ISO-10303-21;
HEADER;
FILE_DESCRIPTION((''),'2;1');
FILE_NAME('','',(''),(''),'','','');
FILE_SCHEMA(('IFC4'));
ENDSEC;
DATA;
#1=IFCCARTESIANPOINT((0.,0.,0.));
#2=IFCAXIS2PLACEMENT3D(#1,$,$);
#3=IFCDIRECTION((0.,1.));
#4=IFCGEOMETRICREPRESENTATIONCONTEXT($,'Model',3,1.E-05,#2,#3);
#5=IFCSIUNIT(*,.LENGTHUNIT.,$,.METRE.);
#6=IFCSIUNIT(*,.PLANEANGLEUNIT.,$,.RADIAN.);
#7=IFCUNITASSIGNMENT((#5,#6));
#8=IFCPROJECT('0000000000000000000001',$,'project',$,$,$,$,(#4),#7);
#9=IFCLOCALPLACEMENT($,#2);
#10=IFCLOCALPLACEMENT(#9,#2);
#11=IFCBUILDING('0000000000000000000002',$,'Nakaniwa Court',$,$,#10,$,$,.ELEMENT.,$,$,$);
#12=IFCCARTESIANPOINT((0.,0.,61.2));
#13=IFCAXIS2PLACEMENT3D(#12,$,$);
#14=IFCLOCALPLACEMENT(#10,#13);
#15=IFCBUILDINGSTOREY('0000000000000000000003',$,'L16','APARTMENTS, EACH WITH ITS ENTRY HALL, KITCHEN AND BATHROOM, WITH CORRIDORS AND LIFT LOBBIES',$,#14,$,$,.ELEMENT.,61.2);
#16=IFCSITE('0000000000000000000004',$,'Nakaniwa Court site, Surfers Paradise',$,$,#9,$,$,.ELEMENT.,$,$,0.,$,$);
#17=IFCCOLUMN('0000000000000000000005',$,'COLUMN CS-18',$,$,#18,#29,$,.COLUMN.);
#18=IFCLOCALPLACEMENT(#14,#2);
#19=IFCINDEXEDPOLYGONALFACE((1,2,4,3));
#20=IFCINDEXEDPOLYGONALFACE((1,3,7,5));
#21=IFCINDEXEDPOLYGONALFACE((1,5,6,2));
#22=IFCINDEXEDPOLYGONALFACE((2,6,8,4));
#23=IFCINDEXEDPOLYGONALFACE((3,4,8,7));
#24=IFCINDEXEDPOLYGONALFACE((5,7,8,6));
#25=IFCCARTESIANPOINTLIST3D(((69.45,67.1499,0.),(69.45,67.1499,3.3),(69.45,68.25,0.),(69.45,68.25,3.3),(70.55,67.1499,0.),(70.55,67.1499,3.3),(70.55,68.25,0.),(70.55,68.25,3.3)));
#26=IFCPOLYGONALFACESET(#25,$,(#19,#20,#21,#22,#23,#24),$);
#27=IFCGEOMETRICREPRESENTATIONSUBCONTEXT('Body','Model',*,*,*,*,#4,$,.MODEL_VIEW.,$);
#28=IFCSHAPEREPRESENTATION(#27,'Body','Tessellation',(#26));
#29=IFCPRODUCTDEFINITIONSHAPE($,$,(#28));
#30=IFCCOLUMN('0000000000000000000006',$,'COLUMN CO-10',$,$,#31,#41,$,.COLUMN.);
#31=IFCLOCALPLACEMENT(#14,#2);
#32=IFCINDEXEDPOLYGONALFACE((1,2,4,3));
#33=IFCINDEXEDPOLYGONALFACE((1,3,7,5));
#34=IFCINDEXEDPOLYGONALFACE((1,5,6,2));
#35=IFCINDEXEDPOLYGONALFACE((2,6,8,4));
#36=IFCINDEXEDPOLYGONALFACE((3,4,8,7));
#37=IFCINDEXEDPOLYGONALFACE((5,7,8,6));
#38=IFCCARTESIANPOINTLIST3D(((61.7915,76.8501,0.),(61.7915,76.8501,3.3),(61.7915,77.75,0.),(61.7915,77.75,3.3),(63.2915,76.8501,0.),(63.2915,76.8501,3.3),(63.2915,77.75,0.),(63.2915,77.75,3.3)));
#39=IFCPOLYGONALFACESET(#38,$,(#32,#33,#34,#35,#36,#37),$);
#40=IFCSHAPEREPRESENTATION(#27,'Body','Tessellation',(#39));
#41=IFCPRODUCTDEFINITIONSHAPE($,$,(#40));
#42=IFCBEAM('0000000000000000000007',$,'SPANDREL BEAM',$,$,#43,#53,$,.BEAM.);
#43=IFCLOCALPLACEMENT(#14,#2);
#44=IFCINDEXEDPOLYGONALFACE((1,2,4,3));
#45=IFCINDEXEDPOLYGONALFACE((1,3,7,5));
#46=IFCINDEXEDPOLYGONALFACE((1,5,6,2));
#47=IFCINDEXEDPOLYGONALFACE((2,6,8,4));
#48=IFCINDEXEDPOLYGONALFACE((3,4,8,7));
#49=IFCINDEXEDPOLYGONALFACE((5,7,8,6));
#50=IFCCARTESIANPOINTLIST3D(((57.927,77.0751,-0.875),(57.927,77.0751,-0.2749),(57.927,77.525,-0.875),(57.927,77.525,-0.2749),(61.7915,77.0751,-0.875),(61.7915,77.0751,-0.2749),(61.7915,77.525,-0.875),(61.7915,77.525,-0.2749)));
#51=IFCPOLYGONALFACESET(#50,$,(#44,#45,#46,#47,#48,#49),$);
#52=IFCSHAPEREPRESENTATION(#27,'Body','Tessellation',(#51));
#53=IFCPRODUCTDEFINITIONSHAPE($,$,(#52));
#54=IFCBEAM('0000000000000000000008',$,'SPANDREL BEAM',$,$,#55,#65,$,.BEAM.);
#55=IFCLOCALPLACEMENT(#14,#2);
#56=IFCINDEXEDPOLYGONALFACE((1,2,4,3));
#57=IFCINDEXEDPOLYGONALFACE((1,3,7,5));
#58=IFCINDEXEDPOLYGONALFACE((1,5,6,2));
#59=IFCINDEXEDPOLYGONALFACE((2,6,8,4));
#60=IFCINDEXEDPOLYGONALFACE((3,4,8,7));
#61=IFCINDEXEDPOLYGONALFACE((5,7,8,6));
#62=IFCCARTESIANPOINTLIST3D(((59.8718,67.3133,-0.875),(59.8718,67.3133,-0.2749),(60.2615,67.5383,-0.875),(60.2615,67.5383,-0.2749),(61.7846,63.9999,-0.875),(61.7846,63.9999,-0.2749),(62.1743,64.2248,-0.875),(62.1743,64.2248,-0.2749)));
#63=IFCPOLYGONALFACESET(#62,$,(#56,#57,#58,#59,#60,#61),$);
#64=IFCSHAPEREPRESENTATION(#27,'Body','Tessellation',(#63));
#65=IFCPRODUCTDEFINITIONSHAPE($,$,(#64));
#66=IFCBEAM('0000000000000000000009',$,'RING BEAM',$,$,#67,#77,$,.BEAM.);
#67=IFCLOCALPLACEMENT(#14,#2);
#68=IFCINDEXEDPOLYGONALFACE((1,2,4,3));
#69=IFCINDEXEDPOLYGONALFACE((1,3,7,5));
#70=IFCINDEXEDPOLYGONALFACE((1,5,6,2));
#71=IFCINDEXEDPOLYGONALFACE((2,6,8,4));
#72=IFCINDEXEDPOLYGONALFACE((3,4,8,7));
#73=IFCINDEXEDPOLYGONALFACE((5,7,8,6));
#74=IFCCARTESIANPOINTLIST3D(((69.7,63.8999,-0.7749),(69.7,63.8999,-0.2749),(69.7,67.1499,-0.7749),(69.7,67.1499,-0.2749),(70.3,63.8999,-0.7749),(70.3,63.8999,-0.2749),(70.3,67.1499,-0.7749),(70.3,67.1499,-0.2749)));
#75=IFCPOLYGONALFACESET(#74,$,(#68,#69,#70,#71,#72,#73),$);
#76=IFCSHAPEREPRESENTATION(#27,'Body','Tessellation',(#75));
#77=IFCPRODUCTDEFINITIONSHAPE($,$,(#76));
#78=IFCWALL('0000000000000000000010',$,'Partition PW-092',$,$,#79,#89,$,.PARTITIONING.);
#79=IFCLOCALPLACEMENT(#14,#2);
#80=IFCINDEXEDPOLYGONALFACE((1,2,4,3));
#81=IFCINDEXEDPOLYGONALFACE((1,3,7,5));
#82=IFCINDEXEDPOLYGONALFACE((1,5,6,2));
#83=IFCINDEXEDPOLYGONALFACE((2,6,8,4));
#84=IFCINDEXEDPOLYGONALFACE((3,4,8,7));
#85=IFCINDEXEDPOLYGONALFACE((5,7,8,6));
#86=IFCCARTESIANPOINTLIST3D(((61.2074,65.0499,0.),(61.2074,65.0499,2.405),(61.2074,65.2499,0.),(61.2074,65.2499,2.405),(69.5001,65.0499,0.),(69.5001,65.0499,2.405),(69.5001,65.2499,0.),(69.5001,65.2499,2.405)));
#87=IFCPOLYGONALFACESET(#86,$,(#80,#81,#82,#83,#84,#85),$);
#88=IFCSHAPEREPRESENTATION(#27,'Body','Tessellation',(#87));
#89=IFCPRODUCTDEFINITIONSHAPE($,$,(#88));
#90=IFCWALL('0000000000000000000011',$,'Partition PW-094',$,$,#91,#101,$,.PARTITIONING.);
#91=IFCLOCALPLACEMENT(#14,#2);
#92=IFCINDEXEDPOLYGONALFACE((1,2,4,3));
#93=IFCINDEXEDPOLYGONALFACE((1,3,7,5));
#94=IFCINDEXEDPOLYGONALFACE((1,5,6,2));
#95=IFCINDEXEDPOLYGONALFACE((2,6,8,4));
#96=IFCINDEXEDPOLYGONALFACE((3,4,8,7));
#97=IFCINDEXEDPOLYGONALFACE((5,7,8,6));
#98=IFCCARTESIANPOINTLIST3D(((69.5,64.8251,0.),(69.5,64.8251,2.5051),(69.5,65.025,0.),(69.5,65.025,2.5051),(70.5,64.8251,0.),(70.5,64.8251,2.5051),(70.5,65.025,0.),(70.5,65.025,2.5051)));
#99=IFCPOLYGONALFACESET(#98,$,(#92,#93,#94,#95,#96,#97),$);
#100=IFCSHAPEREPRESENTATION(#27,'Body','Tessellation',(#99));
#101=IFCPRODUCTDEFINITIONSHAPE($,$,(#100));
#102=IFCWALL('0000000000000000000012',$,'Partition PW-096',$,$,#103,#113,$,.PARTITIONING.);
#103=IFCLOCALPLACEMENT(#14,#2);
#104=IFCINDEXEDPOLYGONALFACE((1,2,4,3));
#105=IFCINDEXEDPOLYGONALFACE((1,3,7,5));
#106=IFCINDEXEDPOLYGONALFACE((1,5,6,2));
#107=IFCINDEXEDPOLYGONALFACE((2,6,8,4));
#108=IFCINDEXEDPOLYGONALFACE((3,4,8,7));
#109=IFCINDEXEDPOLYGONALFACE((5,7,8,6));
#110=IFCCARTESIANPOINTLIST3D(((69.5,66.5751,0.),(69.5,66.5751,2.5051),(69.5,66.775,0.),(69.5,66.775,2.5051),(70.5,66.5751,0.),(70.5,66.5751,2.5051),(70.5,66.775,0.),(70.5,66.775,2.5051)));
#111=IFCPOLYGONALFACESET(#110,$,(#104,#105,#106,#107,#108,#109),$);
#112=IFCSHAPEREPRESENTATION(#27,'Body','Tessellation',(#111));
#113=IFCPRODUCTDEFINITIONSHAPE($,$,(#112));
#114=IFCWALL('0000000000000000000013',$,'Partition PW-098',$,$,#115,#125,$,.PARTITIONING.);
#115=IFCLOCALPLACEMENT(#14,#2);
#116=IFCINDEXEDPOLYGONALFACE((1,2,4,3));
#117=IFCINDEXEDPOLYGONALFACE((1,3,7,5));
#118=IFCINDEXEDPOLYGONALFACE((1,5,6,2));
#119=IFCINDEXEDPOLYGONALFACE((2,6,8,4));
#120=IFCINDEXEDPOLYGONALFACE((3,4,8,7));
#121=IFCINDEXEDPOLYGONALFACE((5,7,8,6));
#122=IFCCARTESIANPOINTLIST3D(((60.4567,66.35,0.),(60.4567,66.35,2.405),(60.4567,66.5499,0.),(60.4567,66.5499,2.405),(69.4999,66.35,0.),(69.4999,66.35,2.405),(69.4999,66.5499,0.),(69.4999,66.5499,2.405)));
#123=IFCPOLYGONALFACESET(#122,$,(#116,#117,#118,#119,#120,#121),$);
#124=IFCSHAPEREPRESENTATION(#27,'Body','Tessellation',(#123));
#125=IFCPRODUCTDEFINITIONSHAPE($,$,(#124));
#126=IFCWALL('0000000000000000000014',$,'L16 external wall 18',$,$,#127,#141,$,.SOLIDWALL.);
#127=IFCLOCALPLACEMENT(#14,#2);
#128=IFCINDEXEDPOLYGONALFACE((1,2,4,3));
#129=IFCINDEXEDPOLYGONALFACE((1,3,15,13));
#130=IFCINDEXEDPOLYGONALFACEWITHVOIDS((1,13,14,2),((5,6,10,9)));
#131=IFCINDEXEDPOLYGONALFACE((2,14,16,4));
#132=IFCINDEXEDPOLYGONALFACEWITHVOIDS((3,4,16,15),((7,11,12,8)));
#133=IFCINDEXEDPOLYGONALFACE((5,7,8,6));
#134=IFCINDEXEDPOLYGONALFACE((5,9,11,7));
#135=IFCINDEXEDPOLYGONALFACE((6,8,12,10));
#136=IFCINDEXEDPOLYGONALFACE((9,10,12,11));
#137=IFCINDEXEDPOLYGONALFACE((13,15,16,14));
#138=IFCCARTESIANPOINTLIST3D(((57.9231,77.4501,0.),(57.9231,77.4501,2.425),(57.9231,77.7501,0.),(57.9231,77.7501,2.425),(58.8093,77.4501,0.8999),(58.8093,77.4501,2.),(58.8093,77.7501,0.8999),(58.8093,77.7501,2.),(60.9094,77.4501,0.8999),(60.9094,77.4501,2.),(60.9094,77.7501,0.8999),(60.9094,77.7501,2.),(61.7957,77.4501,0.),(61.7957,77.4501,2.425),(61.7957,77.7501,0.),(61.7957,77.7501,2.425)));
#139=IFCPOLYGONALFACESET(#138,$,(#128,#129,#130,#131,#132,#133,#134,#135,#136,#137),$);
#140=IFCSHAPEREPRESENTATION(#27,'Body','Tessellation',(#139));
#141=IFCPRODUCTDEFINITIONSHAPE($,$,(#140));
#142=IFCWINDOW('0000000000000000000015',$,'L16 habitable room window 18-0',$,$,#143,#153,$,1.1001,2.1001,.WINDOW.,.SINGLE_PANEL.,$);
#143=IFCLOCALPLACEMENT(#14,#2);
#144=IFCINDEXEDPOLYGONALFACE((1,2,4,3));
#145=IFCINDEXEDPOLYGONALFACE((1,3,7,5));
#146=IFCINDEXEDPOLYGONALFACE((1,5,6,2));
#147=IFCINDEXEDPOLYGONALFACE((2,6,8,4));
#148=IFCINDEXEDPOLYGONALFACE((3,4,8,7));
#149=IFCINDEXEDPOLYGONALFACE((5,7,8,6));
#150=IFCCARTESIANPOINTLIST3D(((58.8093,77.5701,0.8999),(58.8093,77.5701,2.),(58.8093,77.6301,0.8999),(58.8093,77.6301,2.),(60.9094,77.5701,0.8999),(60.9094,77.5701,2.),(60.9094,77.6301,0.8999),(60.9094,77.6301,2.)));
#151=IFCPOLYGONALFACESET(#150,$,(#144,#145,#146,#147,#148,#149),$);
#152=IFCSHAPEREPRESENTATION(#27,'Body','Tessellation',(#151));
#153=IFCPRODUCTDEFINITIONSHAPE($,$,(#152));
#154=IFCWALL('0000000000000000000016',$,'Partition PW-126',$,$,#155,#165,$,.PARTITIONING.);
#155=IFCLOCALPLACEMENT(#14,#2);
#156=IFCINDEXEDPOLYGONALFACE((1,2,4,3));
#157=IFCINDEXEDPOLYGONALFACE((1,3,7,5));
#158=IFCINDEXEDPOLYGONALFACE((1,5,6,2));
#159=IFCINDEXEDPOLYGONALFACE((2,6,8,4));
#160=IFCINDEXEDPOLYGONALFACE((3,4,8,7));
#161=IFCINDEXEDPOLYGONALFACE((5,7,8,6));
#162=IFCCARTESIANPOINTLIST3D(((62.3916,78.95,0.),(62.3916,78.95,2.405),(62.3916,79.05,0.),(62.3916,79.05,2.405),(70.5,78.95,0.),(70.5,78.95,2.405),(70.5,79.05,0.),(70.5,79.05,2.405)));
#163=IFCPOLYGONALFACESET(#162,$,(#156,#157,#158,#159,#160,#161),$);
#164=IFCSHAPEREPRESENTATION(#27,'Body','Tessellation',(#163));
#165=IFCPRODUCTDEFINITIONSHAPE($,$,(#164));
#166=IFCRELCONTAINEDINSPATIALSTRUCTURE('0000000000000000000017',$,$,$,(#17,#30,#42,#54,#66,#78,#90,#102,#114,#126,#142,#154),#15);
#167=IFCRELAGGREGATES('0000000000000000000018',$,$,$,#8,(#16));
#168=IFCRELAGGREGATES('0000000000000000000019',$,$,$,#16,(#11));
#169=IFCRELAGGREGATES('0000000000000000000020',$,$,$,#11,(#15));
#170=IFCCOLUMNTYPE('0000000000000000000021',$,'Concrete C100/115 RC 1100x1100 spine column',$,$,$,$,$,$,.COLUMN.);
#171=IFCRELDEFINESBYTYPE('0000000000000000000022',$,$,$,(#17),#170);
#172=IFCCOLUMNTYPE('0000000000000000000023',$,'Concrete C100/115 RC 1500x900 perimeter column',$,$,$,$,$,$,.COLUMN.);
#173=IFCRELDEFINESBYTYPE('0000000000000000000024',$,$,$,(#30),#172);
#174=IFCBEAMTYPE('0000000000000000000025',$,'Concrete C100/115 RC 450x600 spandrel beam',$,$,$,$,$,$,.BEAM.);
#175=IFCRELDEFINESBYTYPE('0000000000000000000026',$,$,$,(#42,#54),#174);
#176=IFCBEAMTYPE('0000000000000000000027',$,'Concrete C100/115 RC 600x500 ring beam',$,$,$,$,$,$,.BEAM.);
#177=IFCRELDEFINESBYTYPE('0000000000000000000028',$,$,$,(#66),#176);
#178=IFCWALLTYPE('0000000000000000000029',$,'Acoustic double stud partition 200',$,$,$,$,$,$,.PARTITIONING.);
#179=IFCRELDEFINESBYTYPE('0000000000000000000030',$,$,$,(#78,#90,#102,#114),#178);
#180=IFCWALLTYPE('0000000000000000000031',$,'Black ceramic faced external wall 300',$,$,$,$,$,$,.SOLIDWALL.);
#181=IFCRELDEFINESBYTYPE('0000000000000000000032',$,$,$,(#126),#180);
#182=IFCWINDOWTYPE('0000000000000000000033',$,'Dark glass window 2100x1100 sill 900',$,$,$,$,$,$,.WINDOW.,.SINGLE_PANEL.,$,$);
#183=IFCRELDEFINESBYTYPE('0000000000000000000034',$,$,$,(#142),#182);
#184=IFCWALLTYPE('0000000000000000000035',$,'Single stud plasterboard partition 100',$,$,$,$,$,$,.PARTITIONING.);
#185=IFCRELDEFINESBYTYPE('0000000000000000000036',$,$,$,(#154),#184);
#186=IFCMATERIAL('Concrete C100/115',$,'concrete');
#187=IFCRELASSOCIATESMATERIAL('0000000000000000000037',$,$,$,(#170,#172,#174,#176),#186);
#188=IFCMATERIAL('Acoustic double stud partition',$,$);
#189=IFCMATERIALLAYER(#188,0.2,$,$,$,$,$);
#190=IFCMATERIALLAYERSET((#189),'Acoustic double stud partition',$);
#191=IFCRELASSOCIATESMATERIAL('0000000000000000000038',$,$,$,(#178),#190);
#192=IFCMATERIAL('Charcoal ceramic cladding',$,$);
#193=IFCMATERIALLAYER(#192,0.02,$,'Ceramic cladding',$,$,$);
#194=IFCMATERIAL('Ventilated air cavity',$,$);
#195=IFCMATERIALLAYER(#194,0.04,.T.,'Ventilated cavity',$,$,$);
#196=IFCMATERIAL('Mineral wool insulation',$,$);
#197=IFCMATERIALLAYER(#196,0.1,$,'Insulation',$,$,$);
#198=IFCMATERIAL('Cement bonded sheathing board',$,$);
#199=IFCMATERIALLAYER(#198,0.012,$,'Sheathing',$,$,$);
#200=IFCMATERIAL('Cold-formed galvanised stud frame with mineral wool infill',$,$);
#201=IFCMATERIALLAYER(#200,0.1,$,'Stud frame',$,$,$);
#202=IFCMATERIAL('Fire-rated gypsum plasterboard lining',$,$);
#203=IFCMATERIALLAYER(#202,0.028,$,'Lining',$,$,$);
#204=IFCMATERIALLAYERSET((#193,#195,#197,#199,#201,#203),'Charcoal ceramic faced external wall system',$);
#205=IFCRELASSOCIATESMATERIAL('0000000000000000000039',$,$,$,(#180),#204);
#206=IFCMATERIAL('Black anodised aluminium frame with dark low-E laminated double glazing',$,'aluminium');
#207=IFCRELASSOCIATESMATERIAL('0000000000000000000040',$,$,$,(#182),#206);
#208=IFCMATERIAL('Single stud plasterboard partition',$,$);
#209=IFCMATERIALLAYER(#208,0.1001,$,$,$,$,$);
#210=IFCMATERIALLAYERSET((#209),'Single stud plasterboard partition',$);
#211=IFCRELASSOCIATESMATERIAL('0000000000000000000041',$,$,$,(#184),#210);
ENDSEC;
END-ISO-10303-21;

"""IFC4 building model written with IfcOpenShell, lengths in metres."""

from ifc_helpers import new_model, si_unit, direction, frame, frame_2d, origin, origin_2d, place, context, subcontext, project, spatial, rectangle, extrude, material, layer, layer_set, material_profile, profile_set, type_object, element, fill, save


model = new_model("IFC4")

# Units and contexts
model_context = context("Model", 3, precision=1e-05, world=origin(), true_north=direction((0.0, 1.0)))
body_context = subcontext(model_context, "Body", "Model", "MODEL_VIEW")
ifc_project = project(units=[si_unit("LENGTHUNIT", "METRE"), si_unit("PLANEANGLEUNIT", "RADIAN")], contexts=[model_context])

# Site, building, storey
site_placement = place(None, origin())
site = spatial("IfcSite", under=ifc_project, at=site_placement, Name="Nakaniwa Court site, Surfers Paradise", CompositionType="ELEMENT", RefElevation=0.0)
building_placement = place(site_placement, origin())
building = spatial("IfcBuilding", under=site, at=building_placement, Name="Nakaniwa Court", CompositionType="ELEMENT")
storey_placement = place(building_placement, frame((0.0, 0.0, 61.2)))
storey = spatial("IfcBuildingStorey", under=building, at=storey_placement, Name="L16", Description="APARTMENTS, EACH WITH ITS ENTRY HALL, KITCHEN AND BATHROOM, WITH CORRIDORS AND LIFT LOBBIES", CompositionType="ELEMENT", Elevation=61.2)

# Columns
ifc_material_1 = material(Name="Concrete C100/115", Category="concrete")
ifc_material_profile_1 = material_profile(ifc_material_1, rectangle(XDim=1.1001, YDim=1.1001, at=origin_2d()), Name="Concrete C100/115 RC 1100x1100 spine column")
ifc_profile_set_1 = profile_set([ifc_material_profile_1], Name="Concrete C100/115")
column_type_1 = type_object("IfcColumnType", Name="Concrete C100/115 RC 1100x1100 spine column", PredefinedType="COLUMN", material=ifc_profile_set_1)
column_1_placement = place(storey_placement, frame((70.0, 67.7, 0.0), z_axis=(0.0, 0.0, 1.0), x_axis=(0.0, -1.0, 0.0)))
element("IfcColumn", 1, at=column_1_placement, inside=storey, type_object=column_type_1, Name="COLUMN CS-18", PredefinedType="COLUMN", context=body_context, shape_type="SweptSolid", body=[
    extrude(rectangle(XDim=1.1001, YDim=1.1001, at=origin_2d()), origin(), (0.0, 0.0, 1.0), 3.3),
])
ifc_material_profile_2 = material_profile(ifc_material_1, rectangle(XDim=1.5, YDim=0.8999, at=origin_2d()), Name="Concrete C100/115 RC 1500x900 perimeter column")
ifc_profile_set_2 = profile_set([ifc_material_profile_2], Name="Concrete C100/115")
column_type_2 = type_object("IfcColumnType", Name="Concrete C100/115 RC 1500x900 perimeter column", PredefinedType="COLUMN", material=ifc_profile_set_2)
column_2_placement = place(storey_placement, frame((62.5415, 77.3, 0.0), z_axis=(0.0, 0.0, 1.0), x_axis=(-1.0, 0.0, 0.0)))
element("IfcColumn", 2, at=column_2_placement, inside=storey, type_object=column_type_2, Name="COLUMN CO-10", PredefinedType="COLUMN", context=body_context, shape_type="SweptSolid", body=[
    extrude(rectangle(XDim=1.5, YDim=0.8999, at=origin_2d()), origin(), (0.0, 0.0, 1.0), 3.3),
])

# Beams
ifc_material_profile_3 = material_profile(ifc_material_1, rectangle(XDim=0.45, YDim=0.6001, at=origin_2d()), Name="Concrete C100/115 RC 450x600 spandrel beam")
ifc_profile_set_3 = profile_set([ifc_material_profile_3], Name="Concrete C100/115")
beam_type_1 = type_object("IfcBeamType", Name="Concrete C100/115 RC 450x600 spandrel beam", PredefinedType="BEAM", material=ifc_profile_set_3)
beam_1_placement = place(storey_placement, frame((61.7915, 77.3, -0.575), z_axis=(-1.0, 0.0, 0.0), x_axis=(0.0, -1.0, 0.0)))
element("IfcBeam", 3, at=beam_1_placement, inside=storey, type_object=beam_type_1, Name="SPANDREL BEAM", PredefinedType="BEAM", context=body_context, shape_type="SweptSolid", body=[
    extrude(rectangle(XDim=0.45, YDim=0.6001, at=origin_2d()), origin(), (0.0, 0.0, 1.0), 3.8645),
])
beam_2_placement = place(storey_placement, frame((60.0667, 67.4258, -0.575), z_axis=(0.499962, -0.866047, 0.0), x_axis=(0.866047, 0.499962, 0.0)))
element("IfcBeam", 4, at=beam_2_placement, inside=storey, type_object=beam_type_1, Name="SPANDREL BEAM", PredefinedType="BEAM", context=body_context, shape_type="SweptSolid", body=[
    extrude(rectangle(XDim=0.45, YDim=0.6001, at=origin_2d()), origin(), (0.0, 0.0, 1.0), 3.8259),
])
ifc_material_profile_4 = material_profile(ifc_material_1, rectangle(XDim=0.6001, YDim=0.5, at=origin_2d()), Name="Concrete C100/115 RC 600x500 ring beam")
ifc_profile_set_4 = profile_set([ifc_material_profile_4], Name="Concrete C100/115")
beam_type_2 = type_object("IfcBeamType", Name="Concrete C100/115 RC 600x500 ring beam", PredefinedType="BEAM", material=ifc_profile_set_4)
beam_3_placement = place(storey_placement, frame((70.0, 67.1499, -0.5249), z_axis=(0.0, -1.0, 0.0), x_axis=(1.0, 0.0, 0.0)))
element("IfcBeam", 5, at=beam_3_placement, inside=storey, type_object=beam_type_2, Name="RING BEAM", PredefinedType="BEAM", context=body_context, shape_type="SweptSolid", body=[
    extrude(rectangle(XDim=0.6001, YDim=0.5, at=origin_2d()), origin(), (0.0, 0.0, 1.0), 3.25),
])

# Walls
ifc_material_2 = material(Name="Acoustic double stud partition")
ifc_layer_1 = layer(ifc_material_2, 0.2)
ifc_layer_set_1 = layer_set([ifc_layer_1], Name="Acoustic double stud partition")
wall_type_1 = type_object("IfcWallType", Name="Acoustic double stud partition 200", PredefinedType="PARTITIONING", material=ifc_layer_set_1)
wall_1_placement = place(storey_placement, frame((61.2073, 65.1499, 0.0), z_axis=(0.0, 0.0, 1.0), x_axis=(1.0, 0.0, 0.0)))
element("IfcWall", 6, at=wall_1_placement, inside=storey, type_object=wall_type_1, Name="Partition PW-092", PredefinedType="PARTITIONING", context=body_context, shape_type="SweptSolid", body=[
    extrude(rectangle(XDim=8.2927, YDim=0.2, at=frame_2d((4.1465, 0.0))), origin(), (0.0, 0.0, 1.0), 2.405),
])
for number, where, z_axis, x_axis, name in (
    (7, (69.5, 64.925, 0.0), (0.0, 0.0, 1.0), (1.0, 0.0, 0.0), "Partition PW-094"),
    (8, (69.5, 66.675, 0.0), (0.0, 0.0, 1.0), (1.0, 0.0, 0.0), "Partition PW-096"),
):
    element("IfcWall", number, at=place(storey_placement, frame(where, z_axis=z_axis, x_axis=x_axis)), inside=storey, type_object=wall_type_1, Name=name, PredefinedType="PARTITIONING", context=body_context, shape_type="SweptSolid", body=[
        extrude(rectangle(XDim=1.0, YDim=0.2, at=frame_2d((0.5, 0.0))), origin(), (0.0, 0.0, 1.0), 2.5051),
    ])
wall_2_placement = place(storey_placement, frame((60.4568, 66.45, 0.0), z_axis=(0.0, 0.0, 1.0), x_axis=(1.0, 0.0, 0.0)))
element("IfcWall", 9, at=wall_2_placement, inside=storey, type_object=wall_type_1, Name="Partition PW-098", PredefinedType="PARTITIONING", context=body_context, shape_type="SweptSolid", body=[
    extrude(rectangle(XDim=9.0432, YDim=0.2, at=frame_2d((4.5215, 0.0))), origin(), (0.0, 0.0, 1.0), 2.405),
])

# Wall, opening, window
ifc_material_3 = material(Name="Charcoal ceramic cladding")
ifc_layer_2 = layer(ifc_material_3, 0.02, Name="Ceramic cladding")
ifc_material_4 = material(Name="Ventilated air cavity")
ifc_layer_3 = layer(ifc_material_4, 0.04, ventilated=True, Name="Ventilated cavity")
ifc_material_5 = material(Name="Mineral wool insulation")
ifc_layer_4 = layer(ifc_material_5, 0.1, Name="Insulation")
ifc_material_6 = material(Name="Cement bonded sheathing board")
ifc_layer_5 = layer(ifc_material_6, 0.012, Name="Sheathing")
ifc_material_7 = material(Name="Cold-formed galvanised stud frame with mineral wool infill")
ifc_layer_6 = layer(ifc_material_7, 0.1, Name="Stud frame")
ifc_material_8 = material(Name="Fire-rated gypsum plasterboard lining")
ifc_layer_7 = layer(ifc_material_8, 0.028, Name="Lining")
ifc_layer_set_2 = layer_set([ifc_layer_2, ifc_layer_3, ifc_layer_4, ifc_layer_5, ifc_layer_6, ifc_layer_7], Name="Charcoal ceramic faced external wall system")
wall_type_2 = type_object("IfcWallType", Name="Black ceramic faced external wall 300", PredefinedType="SOLIDWALL", material=ifc_layer_set_2)
wall_3_placement = place(storey_placement, frame((61.7957, 77.6001, 0.0), z_axis=(0.0, 0.0, 1.0), x_axis=(-1.0, 0.0, 0.0)))
wall_3 = element("IfcWall", 10, at=wall_3_placement, inside=storey, type_object=wall_type_2, Name="L16 external wall 18", PredefinedType="SOLIDWALL", context=body_context, shape_type="SweptSolid", body=[
    extrude(rectangle(XDim=3.8726, YDim=0.3, at=frame_2d((1.9363, 0.0))), origin(), (0.0, 0.0, 1.0), 2.425),
])
opening_1_placement = place(wall_3_placement, frame((0.8862, 0.0, 0.8999)))
opening_1 = element("IfcOpeningElement", 11, at=opening_1_placement, cuts=wall_3, PredefinedType="OPENING", context=body_context, shape_type="SweptSolid", body=[
    extrude(rectangle(XDim=2.1001, YDim=1.1001, at=frame_2d((1.05, 0.55))), frame((0.0, 0.1599, 0.0), z_axis=(0.0, -1.0, 0.0), x_axis=(1.0, 0.0, 0.0)), (0.0, 0.0, 1.0), 0.3201),
])
ifc_material_9 = material(Name="Black anodised aluminium frame with dark low-E laminated double glazing", Category="aluminium")
window_type = type_object("IfcWindowType", Name="Dark glass window 2100x1100 sill 900", PartitioningType="SINGLE_PANEL", PredefinedType="WINDOW", material=ifc_material_9)
window_placement = place(opening_1_placement, origin())
window = element("IfcWindow", 12, at=window_placement, inside=storey, type_object=window_type, Name="L16 habitable room window 18-0", OverallHeight=1.1001, OverallWidth=2.1001, PartitioningType="SINGLE_PANEL", PredefinedType="WINDOW", context=body_context, shape_type="SweptSolid", body=[
    extrude(rectangle(XDim=2.1001, YDim=1.1001, at=frame_2d((1.05, 0.55))), frame((0.0, 0.03, 0.0), z_axis=(0.0, -1.0, 0.0), x_axis=(1.0, 0.0, 0.0)), (0.0, 0.0, 1.0), 0.0601),
])
fill(opening_1, window)

# Wall
ifc_material_10 = material(Name="Single stud plasterboard partition")
ifc_layer_8 = layer(ifc_material_10, 0.1001)
ifc_layer_set_3 = layer_set([ifc_layer_8], Name="Single stud plasterboard partition")
wall_type_3 = type_object("IfcWallType", Name="Single stud plasterboard partition 100", PredefinedType="PARTITIONING", material=ifc_layer_set_3)
wall_4_placement = place(storey_placement, frame((62.3916, 79.0, 0.0), z_axis=(0.0, 0.0, 1.0), x_axis=(1.0, 0.0, 0.0)))
element("IfcWall", 13, at=wall_4_placement, inside=storey, type_object=wall_type_3, Name="Partition PW-126", PredefinedType="PARTITIONING", context=body_context, shape_type="SweptSolid", body=[
    extrude(rectangle(XDim=8.1084, YDim=0.1001, at=frame_2d((4.0542, 0.0))), origin(), (0.0, 0.0, 1.0), 2.405),
])

save(model, "model.ifc")
